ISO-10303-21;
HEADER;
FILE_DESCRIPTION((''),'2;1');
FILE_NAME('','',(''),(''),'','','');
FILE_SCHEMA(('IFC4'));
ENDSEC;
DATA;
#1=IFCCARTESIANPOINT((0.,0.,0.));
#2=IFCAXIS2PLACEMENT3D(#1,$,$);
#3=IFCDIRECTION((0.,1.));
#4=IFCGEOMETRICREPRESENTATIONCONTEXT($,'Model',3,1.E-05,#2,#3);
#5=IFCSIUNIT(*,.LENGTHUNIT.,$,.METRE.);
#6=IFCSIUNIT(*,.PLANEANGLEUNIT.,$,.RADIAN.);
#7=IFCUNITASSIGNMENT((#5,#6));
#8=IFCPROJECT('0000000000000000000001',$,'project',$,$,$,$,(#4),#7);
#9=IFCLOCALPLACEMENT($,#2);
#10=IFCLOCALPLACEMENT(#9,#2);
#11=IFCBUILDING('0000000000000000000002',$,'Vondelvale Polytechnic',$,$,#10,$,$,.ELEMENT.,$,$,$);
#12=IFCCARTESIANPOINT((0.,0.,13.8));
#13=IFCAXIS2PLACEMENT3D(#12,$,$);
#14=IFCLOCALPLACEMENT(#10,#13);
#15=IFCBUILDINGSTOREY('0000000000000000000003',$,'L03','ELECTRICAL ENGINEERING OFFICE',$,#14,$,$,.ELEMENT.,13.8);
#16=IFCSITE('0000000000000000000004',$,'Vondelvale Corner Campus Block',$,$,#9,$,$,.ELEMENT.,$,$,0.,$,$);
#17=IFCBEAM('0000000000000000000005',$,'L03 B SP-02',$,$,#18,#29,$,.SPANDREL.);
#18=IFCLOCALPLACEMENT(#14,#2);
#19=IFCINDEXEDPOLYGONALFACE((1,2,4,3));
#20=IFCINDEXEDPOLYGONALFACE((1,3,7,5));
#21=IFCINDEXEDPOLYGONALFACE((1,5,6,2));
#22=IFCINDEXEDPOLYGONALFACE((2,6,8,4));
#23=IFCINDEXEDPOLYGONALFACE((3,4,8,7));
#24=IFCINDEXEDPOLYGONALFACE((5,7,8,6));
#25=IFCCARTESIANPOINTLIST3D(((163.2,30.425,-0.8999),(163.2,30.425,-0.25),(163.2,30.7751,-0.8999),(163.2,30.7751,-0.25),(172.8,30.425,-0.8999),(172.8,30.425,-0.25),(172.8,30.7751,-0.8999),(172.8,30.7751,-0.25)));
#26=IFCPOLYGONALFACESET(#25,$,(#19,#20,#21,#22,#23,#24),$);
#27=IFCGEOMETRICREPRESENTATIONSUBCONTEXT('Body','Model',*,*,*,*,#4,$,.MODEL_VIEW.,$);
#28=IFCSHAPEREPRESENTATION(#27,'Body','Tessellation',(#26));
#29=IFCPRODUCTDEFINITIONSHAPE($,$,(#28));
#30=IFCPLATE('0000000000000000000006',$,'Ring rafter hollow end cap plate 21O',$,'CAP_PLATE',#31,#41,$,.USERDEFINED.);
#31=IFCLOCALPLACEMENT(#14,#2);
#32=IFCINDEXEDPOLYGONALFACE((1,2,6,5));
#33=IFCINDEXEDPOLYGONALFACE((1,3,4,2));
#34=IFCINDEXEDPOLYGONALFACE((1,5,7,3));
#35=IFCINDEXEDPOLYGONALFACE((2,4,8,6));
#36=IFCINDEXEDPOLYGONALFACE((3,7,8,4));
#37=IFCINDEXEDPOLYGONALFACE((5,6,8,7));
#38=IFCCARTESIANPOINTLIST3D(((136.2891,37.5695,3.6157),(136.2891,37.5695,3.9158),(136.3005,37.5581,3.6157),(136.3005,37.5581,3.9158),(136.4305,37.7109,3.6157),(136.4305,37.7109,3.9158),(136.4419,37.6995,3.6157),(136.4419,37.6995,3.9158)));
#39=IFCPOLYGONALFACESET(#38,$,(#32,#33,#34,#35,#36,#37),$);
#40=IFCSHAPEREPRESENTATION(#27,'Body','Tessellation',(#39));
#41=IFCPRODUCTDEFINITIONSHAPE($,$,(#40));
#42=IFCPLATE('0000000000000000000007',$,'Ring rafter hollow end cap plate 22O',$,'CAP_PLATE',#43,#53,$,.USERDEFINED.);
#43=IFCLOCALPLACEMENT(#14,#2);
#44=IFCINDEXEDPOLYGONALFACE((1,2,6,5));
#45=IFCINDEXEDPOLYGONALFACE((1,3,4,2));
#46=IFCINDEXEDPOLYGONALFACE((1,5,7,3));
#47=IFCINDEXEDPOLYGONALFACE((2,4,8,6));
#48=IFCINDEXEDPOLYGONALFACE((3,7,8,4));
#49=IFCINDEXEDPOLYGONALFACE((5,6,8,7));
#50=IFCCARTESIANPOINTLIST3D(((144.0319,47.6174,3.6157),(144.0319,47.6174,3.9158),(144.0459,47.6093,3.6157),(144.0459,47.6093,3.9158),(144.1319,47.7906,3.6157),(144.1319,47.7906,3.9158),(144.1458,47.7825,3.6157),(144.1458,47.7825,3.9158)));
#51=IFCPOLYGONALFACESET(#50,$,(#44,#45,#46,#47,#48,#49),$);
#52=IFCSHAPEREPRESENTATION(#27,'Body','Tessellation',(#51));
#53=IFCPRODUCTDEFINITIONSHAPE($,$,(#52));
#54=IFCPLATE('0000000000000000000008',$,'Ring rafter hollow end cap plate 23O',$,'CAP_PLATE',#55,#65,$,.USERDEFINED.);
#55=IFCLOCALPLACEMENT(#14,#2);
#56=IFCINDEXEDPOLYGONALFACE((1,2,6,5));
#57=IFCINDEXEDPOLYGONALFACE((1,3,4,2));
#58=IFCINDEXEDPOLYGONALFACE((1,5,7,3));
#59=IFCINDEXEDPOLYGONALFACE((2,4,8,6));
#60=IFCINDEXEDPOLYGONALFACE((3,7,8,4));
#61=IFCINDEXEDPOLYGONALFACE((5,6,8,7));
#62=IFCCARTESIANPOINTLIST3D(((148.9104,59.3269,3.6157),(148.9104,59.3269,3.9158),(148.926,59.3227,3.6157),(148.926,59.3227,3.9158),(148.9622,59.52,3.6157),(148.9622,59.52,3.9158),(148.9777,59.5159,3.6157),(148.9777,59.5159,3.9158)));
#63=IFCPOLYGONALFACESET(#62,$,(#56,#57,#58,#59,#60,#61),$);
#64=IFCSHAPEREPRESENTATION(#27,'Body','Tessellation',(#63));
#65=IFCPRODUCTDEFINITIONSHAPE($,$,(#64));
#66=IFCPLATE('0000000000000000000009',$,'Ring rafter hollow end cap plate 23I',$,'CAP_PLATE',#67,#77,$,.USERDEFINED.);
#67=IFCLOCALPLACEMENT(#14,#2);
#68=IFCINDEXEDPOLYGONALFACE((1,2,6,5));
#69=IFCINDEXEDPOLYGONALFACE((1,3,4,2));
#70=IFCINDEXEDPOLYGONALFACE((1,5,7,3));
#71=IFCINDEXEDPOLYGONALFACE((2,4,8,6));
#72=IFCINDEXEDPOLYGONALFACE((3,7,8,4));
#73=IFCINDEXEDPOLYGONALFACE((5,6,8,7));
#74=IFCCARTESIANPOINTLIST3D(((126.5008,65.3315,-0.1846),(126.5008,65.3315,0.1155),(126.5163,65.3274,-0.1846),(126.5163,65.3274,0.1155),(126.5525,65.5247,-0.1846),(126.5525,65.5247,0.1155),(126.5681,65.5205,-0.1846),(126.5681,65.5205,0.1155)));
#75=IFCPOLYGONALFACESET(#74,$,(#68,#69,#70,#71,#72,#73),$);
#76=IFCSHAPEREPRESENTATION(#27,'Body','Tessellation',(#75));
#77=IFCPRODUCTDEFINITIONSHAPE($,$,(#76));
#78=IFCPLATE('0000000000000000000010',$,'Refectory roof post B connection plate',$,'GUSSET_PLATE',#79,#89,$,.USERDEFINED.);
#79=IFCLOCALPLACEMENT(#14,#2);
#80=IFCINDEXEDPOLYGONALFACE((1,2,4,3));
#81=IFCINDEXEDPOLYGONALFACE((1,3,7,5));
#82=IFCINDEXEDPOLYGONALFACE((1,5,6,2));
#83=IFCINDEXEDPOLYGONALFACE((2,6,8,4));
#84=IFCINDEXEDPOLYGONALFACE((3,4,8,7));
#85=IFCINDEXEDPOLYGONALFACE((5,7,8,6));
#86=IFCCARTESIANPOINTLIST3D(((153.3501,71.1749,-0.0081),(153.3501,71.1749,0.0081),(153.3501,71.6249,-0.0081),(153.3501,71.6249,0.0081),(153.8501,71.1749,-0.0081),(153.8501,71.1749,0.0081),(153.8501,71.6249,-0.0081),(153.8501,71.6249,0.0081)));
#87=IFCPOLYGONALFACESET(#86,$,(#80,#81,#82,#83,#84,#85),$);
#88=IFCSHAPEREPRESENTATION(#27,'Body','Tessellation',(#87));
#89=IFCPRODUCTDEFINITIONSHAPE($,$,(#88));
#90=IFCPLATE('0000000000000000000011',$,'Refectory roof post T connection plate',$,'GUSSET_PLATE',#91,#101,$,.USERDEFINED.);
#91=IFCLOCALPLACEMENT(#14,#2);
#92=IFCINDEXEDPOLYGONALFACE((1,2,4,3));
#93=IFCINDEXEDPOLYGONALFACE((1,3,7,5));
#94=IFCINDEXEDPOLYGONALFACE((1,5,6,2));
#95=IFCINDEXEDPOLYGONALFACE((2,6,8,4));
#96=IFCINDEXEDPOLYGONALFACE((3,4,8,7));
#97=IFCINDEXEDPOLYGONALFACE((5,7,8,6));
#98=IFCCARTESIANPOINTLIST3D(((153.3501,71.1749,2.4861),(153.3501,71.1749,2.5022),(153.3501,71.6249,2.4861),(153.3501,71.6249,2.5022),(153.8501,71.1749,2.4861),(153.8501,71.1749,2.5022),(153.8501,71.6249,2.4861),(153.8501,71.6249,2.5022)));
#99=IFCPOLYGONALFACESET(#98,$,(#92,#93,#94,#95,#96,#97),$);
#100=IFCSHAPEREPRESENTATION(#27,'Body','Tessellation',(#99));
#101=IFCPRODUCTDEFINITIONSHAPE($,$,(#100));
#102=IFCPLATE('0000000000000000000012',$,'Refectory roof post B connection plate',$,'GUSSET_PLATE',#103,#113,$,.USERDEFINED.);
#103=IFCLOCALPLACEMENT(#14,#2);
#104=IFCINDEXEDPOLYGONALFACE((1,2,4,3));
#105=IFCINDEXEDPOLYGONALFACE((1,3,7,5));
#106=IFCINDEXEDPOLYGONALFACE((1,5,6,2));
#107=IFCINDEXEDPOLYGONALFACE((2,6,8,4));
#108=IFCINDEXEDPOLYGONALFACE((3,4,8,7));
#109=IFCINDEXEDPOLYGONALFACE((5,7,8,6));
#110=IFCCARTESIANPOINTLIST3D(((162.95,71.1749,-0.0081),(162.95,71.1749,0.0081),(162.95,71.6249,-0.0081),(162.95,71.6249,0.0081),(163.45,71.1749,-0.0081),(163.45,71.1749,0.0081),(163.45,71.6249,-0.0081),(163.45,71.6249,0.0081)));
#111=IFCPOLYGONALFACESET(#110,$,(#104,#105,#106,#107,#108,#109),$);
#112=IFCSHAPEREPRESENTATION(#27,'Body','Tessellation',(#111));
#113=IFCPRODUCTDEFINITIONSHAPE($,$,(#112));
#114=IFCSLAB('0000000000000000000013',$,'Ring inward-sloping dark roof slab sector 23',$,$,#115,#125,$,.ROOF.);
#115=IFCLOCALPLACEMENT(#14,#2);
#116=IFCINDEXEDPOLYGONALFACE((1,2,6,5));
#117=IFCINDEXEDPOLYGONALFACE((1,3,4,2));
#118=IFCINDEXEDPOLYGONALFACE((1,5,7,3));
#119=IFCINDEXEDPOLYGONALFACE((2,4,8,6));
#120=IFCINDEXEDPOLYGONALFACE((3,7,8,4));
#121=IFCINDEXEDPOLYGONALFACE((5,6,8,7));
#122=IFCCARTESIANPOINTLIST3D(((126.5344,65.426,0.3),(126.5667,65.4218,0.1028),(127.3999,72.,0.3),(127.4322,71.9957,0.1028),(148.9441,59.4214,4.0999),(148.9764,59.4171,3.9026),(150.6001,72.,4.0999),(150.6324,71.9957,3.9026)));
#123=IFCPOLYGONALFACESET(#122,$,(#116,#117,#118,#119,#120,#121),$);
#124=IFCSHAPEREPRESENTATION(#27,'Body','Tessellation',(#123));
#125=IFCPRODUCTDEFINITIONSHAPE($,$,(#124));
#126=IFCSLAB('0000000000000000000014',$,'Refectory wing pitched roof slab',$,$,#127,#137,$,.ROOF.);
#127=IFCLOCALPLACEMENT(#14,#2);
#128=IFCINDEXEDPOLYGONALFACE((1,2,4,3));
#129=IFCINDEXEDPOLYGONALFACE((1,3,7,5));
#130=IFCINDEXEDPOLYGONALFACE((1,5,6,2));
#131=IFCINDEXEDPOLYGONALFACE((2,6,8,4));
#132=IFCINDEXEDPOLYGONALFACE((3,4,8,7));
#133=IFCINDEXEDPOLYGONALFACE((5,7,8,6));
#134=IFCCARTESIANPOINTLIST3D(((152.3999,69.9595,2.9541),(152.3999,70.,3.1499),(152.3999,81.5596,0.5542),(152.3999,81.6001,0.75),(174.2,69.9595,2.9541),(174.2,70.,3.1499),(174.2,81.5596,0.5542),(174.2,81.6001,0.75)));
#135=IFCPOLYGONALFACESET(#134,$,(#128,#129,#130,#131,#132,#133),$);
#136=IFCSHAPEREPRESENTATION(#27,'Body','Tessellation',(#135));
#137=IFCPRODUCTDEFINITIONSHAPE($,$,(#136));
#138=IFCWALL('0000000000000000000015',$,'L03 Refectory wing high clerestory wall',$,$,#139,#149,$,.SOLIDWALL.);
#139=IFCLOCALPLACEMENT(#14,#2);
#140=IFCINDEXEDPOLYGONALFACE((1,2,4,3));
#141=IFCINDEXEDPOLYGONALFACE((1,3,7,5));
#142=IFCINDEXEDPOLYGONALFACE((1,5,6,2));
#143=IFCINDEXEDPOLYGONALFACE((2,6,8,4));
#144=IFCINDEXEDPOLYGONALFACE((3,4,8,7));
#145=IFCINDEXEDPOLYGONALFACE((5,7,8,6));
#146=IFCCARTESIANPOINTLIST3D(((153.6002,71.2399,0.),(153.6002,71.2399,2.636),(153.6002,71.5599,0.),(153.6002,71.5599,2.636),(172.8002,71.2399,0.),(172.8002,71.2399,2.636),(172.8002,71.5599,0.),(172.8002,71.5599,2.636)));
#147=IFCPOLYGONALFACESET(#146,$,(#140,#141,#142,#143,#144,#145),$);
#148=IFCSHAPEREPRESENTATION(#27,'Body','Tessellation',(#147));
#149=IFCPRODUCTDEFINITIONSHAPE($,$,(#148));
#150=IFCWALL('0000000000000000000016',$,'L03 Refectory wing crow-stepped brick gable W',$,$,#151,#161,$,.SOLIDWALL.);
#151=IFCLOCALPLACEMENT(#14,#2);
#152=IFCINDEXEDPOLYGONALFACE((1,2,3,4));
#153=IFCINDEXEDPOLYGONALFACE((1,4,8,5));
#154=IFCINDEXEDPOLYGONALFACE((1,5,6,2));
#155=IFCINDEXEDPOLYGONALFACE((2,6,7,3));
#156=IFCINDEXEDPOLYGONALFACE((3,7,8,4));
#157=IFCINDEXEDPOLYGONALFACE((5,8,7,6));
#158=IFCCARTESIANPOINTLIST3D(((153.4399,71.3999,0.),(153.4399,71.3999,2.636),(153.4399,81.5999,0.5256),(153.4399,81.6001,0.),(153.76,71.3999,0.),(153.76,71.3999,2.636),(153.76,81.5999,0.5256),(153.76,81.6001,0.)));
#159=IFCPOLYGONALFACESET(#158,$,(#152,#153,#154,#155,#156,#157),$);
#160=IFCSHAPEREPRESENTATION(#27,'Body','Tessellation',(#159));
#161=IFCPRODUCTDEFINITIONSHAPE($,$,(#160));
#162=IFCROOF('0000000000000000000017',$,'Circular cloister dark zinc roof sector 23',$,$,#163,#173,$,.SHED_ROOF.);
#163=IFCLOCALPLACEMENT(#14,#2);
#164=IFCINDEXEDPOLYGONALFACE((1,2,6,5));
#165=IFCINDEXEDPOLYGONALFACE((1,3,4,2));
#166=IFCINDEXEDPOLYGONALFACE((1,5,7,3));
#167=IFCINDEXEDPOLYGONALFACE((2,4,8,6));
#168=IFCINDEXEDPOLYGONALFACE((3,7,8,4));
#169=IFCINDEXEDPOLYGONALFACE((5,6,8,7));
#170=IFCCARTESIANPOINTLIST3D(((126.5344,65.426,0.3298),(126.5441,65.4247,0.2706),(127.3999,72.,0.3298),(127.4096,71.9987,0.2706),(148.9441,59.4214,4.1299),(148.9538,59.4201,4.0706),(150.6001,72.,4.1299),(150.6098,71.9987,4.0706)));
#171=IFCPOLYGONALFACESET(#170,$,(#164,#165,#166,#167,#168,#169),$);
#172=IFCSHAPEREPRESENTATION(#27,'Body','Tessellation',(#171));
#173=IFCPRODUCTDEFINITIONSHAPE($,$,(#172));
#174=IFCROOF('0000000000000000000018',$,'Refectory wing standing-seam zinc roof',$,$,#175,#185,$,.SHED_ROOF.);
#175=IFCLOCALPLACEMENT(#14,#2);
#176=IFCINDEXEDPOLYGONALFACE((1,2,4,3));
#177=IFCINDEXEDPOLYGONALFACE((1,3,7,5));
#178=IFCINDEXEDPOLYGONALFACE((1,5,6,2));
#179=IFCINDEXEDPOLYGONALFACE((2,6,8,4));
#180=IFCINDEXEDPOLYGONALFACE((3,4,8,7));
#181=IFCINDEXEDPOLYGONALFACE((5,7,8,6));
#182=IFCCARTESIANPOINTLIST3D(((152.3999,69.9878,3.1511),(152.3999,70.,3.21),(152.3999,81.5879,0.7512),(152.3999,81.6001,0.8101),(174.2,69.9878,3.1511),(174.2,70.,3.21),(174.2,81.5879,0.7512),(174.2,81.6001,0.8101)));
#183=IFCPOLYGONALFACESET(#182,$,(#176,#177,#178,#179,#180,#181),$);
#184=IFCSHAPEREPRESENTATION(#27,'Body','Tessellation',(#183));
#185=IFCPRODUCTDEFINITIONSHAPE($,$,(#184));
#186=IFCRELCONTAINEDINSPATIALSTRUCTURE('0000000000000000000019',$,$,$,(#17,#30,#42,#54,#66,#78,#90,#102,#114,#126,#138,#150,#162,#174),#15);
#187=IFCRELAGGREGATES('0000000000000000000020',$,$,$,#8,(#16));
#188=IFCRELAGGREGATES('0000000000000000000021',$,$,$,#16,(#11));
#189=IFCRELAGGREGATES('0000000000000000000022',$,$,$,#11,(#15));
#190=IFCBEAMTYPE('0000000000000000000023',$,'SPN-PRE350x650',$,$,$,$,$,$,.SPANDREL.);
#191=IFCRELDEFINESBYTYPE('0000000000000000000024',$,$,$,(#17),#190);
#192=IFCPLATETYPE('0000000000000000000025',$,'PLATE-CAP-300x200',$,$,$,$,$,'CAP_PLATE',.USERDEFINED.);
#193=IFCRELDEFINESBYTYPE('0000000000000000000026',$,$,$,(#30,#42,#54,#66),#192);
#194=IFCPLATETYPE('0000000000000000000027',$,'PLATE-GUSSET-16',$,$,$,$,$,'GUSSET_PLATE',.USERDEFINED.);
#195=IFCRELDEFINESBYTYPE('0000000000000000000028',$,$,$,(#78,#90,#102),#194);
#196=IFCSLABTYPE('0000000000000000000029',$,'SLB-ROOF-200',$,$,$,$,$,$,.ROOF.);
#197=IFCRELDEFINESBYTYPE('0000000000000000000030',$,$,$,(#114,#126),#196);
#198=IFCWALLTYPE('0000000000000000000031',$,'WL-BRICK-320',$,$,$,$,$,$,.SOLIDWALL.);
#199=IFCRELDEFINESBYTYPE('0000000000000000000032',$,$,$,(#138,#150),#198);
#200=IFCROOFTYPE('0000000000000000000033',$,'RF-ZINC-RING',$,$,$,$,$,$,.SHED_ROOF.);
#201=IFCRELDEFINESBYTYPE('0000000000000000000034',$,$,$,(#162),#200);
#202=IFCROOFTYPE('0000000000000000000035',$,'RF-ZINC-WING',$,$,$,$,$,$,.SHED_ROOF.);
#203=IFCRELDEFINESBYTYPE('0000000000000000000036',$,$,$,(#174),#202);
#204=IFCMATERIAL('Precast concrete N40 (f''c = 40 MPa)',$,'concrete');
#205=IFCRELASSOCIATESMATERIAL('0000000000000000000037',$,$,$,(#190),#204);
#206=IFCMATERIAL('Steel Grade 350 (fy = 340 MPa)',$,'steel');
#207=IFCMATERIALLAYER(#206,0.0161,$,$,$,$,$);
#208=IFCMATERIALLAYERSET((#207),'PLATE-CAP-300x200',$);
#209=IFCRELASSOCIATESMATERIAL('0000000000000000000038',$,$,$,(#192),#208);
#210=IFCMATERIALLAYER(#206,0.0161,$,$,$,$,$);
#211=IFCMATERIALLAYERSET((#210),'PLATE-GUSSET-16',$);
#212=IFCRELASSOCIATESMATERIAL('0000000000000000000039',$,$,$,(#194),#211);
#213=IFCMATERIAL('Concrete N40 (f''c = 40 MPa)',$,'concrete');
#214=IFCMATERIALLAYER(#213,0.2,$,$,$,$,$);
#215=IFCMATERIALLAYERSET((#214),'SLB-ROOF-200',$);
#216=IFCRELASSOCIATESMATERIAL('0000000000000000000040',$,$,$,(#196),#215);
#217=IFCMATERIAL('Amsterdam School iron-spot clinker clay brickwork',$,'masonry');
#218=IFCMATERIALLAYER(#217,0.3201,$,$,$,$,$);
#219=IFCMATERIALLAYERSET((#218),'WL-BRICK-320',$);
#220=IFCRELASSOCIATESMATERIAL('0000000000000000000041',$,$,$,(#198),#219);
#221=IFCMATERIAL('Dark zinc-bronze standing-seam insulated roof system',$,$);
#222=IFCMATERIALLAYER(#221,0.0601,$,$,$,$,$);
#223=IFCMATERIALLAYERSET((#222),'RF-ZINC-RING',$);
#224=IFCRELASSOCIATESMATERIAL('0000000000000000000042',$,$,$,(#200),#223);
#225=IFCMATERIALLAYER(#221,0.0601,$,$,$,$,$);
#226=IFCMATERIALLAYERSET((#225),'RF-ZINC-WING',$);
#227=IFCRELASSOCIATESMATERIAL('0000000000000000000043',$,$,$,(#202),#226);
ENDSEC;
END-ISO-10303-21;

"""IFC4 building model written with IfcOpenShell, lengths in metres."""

from ifc_helpers import new_model, si_unit, direction, frame, frame_2d, origin, origin_2d, place, context, subcontext, project, spatial, polyline, rectangle, outline, extrude, material, layer, layer_set, material_profile, profile_set, type_object, element, save


model = new_model("IFC4")

# Units and contexts
model_context = context("Model", 3, precision=1e-05, world=origin(), true_north=direction((0.0, 1.0)))
body_context = subcontext(model_context, "Body", "Model", "MODEL_VIEW")
ifc_project = project(units=[si_unit("LENGTHUNIT", "METRE"), si_unit("PLANEANGLEUNIT", "RADIAN")], contexts=[model_context])

# Site, building, storey
site_placement = place(None, origin())
site = spatial("IfcSite", under=ifc_project, at=site_placement, Name="Vondelvale Corner Campus Block", CompositionType="ELEMENT", RefElevation=0.0)
building_placement = place(site_placement, origin())
building = spatial("IfcBuilding", under=site, at=building_placement, Name="Vondelvale Polytechnic", CompositionType="ELEMENT")
storey_placement = place(building_placement, frame((0.0, 0.0, 13.8)))
storey = spatial("IfcBuildingStorey", under=building, at=storey_placement, Name="L03", Description="ELECTRICAL ENGINEERING OFFICE", CompositionType="ELEMENT", Elevation=13.8)

# Beam
ifc_material_1 = material(Name="Precast concrete N40 (f'c = 40 MPa)", Category="concrete")
ifc_material_profile_1 = material_profile(ifc_material_1, rectangle(XDim=0.3501, YDim=0.6499, at=origin_2d()), Name="RC-SPN-350x650")
ifc_profile_set_1 = profile_set([ifc_material_profile_1], Name="Precast concrete N40 (f'c = 40 MPa)")
beam_type_1 = type_object("IfcBeamType", Name="SPN-PRE350x650", PredefinedType="SPANDREL", material=ifc_profile_set_1)
beam_1_placement = place(storey_placement, frame((163.2, 30.6001, -0.575), z_axis=(1.0, 0.0, 0.0), x_axis=(0.0, 1.0, 0.0)))
element("IfcBeam", 1, at=beam_1_placement, inside=storey, type_object=beam_type_1, Name="L03 B SP-02", PredefinedType="SPANDREL", context=body_context, shape_type="SweptSolid", body=[
    extrude(rectangle(XDim=0.3501, YDim=0.6499, at=origin_2d()), origin(), (0.0, 0.0, 1.0), 9.6001),
])

# Plates
ifc_material_2 = material(Name="Steel Grade 350 (fy = 340 MPa)", Category="steel")
ifc_layer_1 = layer(ifc_material_2, 0.0161)
ifc_layer_set_1 = layer_set([ifc_layer_1], Name="PLATE-CAP-300x200")
plate_type_1 = type_object("IfcPlateType", Name="PLATE-CAP-300x200", ElementType="CAP_PLATE", PredefinedType="USERDEFINED", material=ifc_layer_set_1)
for number, where, z_axis, x_axis, name in (
    (2, (136.3655, 37.6345, 3.6157), (0.0, 0.0, 1.0), (-0.707107, 0.707107, 0.0), "Ring rafter hollow end cap plate 21O"),
    (3, (144.0889, 47.7, 3.6157), (0.0, 0.0, 1.0), (-0.866025, 0.5, 0.0), "Ring rafter hollow end cap plate 22O"),
    (4, (148.9441, 59.4214, 3.6157), (0.0, 0.0, 1.0), (-0.965926, 0.258819, 0.0), "Ring rafter hollow end cap plate 23O"),
    (5, (126.5344, 65.426, -0.1846), (0.0, 0.0, 1.0), (-0.965926, 0.258819, 0.0), "Ring rafter hollow end cap plate 23I"),
):
    element("IfcPlate", number, at=place(storey_placement, frame(where, z_axis=z_axis, x_axis=x_axis)), inside=storey, type_object=plate_type_1, Name=name, ObjectType="CAP_PLATE", PredefinedType="USERDEFINED", context=body_context, shape_type="SweptSolid", body=[
        extrude(rectangle(XDim=0.0161, YDim=0.2, at=origin_2d()), origin(), (0.0, 0.0, 1.0), 0.3),
    ])
ifc_layer_2 = layer(ifc_material_2, 0.0161)
ifc_layer_set_2 = layer_set([ifc_layer_2], Name="PLATE-GUSSET-16")
plate_type_2 = type_object("IfcPlateType", Name="PLATE-GUSSET-16", ElementType="GUSSET_PLATE", PredefinedType="USERDEFINED", material=ifc_layer_set_2)
for number, where, z_axis, x_axis, name in (
    (6, (153.6001, 71.3999, -0.0081), (0.0, 0.0, 1.0), (1.0, 0.0, 0.0), "Refectory roof post B connection plate"),
    (7, (153.6001, 71.3999, 2.4861), (0.0, 0.0, 1.0), (1.0, 0.0, 0.0), "Refectory roof post T connection plate"),
    (8, (163.2, 71.3999, -0.0081), (0.0, 0.0, 1.0), (1.0, 0.0, 0.0), "Refectory roof post B connection plate"),
):
    element("IfcPlate", number, at=place(storey_placement, frame(where, z_axis=z_axis, x_axis=x_axis)), inside=storey, type_object=plate_type_2, Name=name, ObjectType="GUSSET_PLATE", PredefinedType="USERDEFINED", context=body_context, shape_type="SweptSolid", body=[
        extrude(rectangle(XDim=0.5, YDim=0.45, at=origin_2d()), origin(), (0.0, 0.0, 1.0), 0.0161),
    ])

# Slabs
ifc_material_3 = material(Name="Concrete N40 (f'c = 40 MPa)", Category="concrete")
ifc_layer_3 = layer(ifc_material_3, 0.2)
ifc_layer_set_3 = layer_set([ifc_layer_3], Name="SLB-ROOF-200")
slab_type = type_object("IfcSlabType", Name="SLB-ROOF-200", PredefinedType="ROOF", material=ifc_layer_set_3)
slab_1_placement = place(storey_placement, frame((126.5344, 65.426, 0.3), z_axis=(-0.161593, 0.021274, 0.986628), x_axis=(0.953225, -0.255415, 0.16163)))
element("IfcSlab", 9, at=slab_1_placement, inside=storey, type_object=slab_type, Name="Ring inward-sloping dark roof slab sector 23", PredefinedType="ROOF", context=body_context, shape_type="SweptSolid", body=[
    extrude(outline(polyline([(0.0, 0.0), (23.5093, 0.0), (21.8751, 12.5815), (-0.8541, 6.5755), (0.0, 0.0)])), origin(), (0.0, 0.0, -1.0), 0.2),
])
slab_2_placement = place(storey_placement, frame((152.3999, 70.0, 3.1499), z_axis=(0.0, 0.202596, 0.979262), x_axis=(1.0, 0.0, 0.0)))
element("IfcSlab", 10, at=slab_2_placement, inside=storey, type_object=slab_type, Name="Refectory wing pitched roof slab", PredefinedType="ROOF", context=body_context, shape_type="SweptSolid", body=[
    extrude(outline(polyline([(0.0, 0.0), (21.8, 0.0), (21.8, 11.8458), (0.0, 11.8458), (0.0, 0.0)])), origin(), (0.0, 0.0, -1.0), 0.2),
])

# Walls
ifc_material_4 = material(Name="Amsterdam School iron-spot clinker clay brickwork", Category="masonry")
ifc_layer_4 = layer(ifc_material_4, 0.3201)
ifc_layer_set_4 = layer_set([ifc_layer_4], Name="WL-BRICK-320")
wall_type = type_object("IfcWallType", Name="WL-BRICK-320", PredefinedType="SOLIDWALL", material=ifc_layer_set_4)
wall_1_placement = place(storey_placement, frame((153.6001, 71.3999, 0.0), z_axis=(0.0, 0.0, 1.0), x_axis=(1.0, 0.0, 0.0)))
element("IfcWall", 11, at=wall_1_placement, inside=storey, type_object=wall_type, Name="L03 Refectory wing high clerestory wall", PredefinedType="SOLIDWALL", context=body_context, shape_type="SweptSolid", body=[
    extrude(rectangle(XDim=19.2, YDim=0.3201, at=frame_2d((9.6001, 0.0))), origin(), (0.0, 0.0, 1.0), 2.636),
])
wall_2_placement = place(storey_placement, frame((153.6001, 71.3999, 0.0), z_axis=(0.0, 0.0, 1.0), x_axis=(0.0, 1.0, 0.0)))
element("IfcWall", 12, at=wall_2_placement, inside=storey, type_object=wall_type, Name="L03 Refectory wing crow-stepped brick gable W", PredefinedType="SOLIDWALL", context=body_context, shape_type="SweptSolid", body=[
    extrude(outline(polyline([(0.0, 0.0), (10.2002, 0.0), (10.2, 0.5256), (0.0, 2.636), (0.0, 0.0)])), frame((0.0, 0.1602, 0.0), z_axis=(0.0, -1.0, 0.0), x_axis=(1.0, 0.0, 0.0)), (0.0, 0.0, 1.0), 0.3201),
])

# Roofs
ifc_material_5 = material(Name="Dark zinc-bronze standing-seam insulated roof system")
ifc_layer_5 = layer(ifc_material_5, 0.0601)
ifc_layer_set_5 = layer_set([ifc_layer_5], Name="RF-ZINC-RING")
roof_type_1 = type_object("IfcRoofType", Name="RF-ZINC-RING", PredefinedType="SHED_ROOF", material=ifc_layer_set_5)
roof_1_placement = place(storey_placement, frame((126.5344, 65.426, 0.3298), z_axis=(-0.161603, 0.021275, 0.986626), x_axis=(0.953224, -0.255415, 0.16164)))
element("IfcRoof", 13, at=roof_1_placement, inside=storey, type_object=roof_type_1, Name="Circular cloister dark zinc roof sector 23", PredefinedType="SHED_ROOF", context=body_context, shape_type="SweptSolid", body=[
    extrude(outline(polyline([(0.0, 0.0), (23.5093, 0.0), (21.8751, 12.5815), (-0.8541, 6.5755), (0.0, 0.0)])), origin(), (0.0, 0.0, -1.0), 0.0601),
])
ifc_layer_6 = layer(ifc_material_5, 0.0601)
ifc_layer_set_6 = layer_set([ifc_layer_6], Name="RF-ZINC-WING")
roof_type_2 = type_object("IfcRoofType", Name="RF-ZINC-WING", PredefinedType="SHED_ROOF", material=ifc_layer_set_6)
roof_2_placement = place(storey_placement, frame((152.3999, 70.0, 3.21), z_axis=(0.0, 0.202596, 0.979262), x_axis=(1.0, 0.0, 0.0)))
element("IfcRoof", 14, at=roof_2_placement, inside=storey, type_object=roof_type_2, Name="Refectory wing standing-seam zinc roof", PredefinedType="SHED_ROOF", context=body_context, shape_type="SweptSolid", body=[
    extrude(outline(polyline([(0.0, 0.0), (21.8, 0.0), (21.8, 11.8458), (0.0, 11.8458), (0.0, 0.0)])), origin(), (0.0, 0.0, -1.0), 0.0601),
])

save(model, "model.ifc")
